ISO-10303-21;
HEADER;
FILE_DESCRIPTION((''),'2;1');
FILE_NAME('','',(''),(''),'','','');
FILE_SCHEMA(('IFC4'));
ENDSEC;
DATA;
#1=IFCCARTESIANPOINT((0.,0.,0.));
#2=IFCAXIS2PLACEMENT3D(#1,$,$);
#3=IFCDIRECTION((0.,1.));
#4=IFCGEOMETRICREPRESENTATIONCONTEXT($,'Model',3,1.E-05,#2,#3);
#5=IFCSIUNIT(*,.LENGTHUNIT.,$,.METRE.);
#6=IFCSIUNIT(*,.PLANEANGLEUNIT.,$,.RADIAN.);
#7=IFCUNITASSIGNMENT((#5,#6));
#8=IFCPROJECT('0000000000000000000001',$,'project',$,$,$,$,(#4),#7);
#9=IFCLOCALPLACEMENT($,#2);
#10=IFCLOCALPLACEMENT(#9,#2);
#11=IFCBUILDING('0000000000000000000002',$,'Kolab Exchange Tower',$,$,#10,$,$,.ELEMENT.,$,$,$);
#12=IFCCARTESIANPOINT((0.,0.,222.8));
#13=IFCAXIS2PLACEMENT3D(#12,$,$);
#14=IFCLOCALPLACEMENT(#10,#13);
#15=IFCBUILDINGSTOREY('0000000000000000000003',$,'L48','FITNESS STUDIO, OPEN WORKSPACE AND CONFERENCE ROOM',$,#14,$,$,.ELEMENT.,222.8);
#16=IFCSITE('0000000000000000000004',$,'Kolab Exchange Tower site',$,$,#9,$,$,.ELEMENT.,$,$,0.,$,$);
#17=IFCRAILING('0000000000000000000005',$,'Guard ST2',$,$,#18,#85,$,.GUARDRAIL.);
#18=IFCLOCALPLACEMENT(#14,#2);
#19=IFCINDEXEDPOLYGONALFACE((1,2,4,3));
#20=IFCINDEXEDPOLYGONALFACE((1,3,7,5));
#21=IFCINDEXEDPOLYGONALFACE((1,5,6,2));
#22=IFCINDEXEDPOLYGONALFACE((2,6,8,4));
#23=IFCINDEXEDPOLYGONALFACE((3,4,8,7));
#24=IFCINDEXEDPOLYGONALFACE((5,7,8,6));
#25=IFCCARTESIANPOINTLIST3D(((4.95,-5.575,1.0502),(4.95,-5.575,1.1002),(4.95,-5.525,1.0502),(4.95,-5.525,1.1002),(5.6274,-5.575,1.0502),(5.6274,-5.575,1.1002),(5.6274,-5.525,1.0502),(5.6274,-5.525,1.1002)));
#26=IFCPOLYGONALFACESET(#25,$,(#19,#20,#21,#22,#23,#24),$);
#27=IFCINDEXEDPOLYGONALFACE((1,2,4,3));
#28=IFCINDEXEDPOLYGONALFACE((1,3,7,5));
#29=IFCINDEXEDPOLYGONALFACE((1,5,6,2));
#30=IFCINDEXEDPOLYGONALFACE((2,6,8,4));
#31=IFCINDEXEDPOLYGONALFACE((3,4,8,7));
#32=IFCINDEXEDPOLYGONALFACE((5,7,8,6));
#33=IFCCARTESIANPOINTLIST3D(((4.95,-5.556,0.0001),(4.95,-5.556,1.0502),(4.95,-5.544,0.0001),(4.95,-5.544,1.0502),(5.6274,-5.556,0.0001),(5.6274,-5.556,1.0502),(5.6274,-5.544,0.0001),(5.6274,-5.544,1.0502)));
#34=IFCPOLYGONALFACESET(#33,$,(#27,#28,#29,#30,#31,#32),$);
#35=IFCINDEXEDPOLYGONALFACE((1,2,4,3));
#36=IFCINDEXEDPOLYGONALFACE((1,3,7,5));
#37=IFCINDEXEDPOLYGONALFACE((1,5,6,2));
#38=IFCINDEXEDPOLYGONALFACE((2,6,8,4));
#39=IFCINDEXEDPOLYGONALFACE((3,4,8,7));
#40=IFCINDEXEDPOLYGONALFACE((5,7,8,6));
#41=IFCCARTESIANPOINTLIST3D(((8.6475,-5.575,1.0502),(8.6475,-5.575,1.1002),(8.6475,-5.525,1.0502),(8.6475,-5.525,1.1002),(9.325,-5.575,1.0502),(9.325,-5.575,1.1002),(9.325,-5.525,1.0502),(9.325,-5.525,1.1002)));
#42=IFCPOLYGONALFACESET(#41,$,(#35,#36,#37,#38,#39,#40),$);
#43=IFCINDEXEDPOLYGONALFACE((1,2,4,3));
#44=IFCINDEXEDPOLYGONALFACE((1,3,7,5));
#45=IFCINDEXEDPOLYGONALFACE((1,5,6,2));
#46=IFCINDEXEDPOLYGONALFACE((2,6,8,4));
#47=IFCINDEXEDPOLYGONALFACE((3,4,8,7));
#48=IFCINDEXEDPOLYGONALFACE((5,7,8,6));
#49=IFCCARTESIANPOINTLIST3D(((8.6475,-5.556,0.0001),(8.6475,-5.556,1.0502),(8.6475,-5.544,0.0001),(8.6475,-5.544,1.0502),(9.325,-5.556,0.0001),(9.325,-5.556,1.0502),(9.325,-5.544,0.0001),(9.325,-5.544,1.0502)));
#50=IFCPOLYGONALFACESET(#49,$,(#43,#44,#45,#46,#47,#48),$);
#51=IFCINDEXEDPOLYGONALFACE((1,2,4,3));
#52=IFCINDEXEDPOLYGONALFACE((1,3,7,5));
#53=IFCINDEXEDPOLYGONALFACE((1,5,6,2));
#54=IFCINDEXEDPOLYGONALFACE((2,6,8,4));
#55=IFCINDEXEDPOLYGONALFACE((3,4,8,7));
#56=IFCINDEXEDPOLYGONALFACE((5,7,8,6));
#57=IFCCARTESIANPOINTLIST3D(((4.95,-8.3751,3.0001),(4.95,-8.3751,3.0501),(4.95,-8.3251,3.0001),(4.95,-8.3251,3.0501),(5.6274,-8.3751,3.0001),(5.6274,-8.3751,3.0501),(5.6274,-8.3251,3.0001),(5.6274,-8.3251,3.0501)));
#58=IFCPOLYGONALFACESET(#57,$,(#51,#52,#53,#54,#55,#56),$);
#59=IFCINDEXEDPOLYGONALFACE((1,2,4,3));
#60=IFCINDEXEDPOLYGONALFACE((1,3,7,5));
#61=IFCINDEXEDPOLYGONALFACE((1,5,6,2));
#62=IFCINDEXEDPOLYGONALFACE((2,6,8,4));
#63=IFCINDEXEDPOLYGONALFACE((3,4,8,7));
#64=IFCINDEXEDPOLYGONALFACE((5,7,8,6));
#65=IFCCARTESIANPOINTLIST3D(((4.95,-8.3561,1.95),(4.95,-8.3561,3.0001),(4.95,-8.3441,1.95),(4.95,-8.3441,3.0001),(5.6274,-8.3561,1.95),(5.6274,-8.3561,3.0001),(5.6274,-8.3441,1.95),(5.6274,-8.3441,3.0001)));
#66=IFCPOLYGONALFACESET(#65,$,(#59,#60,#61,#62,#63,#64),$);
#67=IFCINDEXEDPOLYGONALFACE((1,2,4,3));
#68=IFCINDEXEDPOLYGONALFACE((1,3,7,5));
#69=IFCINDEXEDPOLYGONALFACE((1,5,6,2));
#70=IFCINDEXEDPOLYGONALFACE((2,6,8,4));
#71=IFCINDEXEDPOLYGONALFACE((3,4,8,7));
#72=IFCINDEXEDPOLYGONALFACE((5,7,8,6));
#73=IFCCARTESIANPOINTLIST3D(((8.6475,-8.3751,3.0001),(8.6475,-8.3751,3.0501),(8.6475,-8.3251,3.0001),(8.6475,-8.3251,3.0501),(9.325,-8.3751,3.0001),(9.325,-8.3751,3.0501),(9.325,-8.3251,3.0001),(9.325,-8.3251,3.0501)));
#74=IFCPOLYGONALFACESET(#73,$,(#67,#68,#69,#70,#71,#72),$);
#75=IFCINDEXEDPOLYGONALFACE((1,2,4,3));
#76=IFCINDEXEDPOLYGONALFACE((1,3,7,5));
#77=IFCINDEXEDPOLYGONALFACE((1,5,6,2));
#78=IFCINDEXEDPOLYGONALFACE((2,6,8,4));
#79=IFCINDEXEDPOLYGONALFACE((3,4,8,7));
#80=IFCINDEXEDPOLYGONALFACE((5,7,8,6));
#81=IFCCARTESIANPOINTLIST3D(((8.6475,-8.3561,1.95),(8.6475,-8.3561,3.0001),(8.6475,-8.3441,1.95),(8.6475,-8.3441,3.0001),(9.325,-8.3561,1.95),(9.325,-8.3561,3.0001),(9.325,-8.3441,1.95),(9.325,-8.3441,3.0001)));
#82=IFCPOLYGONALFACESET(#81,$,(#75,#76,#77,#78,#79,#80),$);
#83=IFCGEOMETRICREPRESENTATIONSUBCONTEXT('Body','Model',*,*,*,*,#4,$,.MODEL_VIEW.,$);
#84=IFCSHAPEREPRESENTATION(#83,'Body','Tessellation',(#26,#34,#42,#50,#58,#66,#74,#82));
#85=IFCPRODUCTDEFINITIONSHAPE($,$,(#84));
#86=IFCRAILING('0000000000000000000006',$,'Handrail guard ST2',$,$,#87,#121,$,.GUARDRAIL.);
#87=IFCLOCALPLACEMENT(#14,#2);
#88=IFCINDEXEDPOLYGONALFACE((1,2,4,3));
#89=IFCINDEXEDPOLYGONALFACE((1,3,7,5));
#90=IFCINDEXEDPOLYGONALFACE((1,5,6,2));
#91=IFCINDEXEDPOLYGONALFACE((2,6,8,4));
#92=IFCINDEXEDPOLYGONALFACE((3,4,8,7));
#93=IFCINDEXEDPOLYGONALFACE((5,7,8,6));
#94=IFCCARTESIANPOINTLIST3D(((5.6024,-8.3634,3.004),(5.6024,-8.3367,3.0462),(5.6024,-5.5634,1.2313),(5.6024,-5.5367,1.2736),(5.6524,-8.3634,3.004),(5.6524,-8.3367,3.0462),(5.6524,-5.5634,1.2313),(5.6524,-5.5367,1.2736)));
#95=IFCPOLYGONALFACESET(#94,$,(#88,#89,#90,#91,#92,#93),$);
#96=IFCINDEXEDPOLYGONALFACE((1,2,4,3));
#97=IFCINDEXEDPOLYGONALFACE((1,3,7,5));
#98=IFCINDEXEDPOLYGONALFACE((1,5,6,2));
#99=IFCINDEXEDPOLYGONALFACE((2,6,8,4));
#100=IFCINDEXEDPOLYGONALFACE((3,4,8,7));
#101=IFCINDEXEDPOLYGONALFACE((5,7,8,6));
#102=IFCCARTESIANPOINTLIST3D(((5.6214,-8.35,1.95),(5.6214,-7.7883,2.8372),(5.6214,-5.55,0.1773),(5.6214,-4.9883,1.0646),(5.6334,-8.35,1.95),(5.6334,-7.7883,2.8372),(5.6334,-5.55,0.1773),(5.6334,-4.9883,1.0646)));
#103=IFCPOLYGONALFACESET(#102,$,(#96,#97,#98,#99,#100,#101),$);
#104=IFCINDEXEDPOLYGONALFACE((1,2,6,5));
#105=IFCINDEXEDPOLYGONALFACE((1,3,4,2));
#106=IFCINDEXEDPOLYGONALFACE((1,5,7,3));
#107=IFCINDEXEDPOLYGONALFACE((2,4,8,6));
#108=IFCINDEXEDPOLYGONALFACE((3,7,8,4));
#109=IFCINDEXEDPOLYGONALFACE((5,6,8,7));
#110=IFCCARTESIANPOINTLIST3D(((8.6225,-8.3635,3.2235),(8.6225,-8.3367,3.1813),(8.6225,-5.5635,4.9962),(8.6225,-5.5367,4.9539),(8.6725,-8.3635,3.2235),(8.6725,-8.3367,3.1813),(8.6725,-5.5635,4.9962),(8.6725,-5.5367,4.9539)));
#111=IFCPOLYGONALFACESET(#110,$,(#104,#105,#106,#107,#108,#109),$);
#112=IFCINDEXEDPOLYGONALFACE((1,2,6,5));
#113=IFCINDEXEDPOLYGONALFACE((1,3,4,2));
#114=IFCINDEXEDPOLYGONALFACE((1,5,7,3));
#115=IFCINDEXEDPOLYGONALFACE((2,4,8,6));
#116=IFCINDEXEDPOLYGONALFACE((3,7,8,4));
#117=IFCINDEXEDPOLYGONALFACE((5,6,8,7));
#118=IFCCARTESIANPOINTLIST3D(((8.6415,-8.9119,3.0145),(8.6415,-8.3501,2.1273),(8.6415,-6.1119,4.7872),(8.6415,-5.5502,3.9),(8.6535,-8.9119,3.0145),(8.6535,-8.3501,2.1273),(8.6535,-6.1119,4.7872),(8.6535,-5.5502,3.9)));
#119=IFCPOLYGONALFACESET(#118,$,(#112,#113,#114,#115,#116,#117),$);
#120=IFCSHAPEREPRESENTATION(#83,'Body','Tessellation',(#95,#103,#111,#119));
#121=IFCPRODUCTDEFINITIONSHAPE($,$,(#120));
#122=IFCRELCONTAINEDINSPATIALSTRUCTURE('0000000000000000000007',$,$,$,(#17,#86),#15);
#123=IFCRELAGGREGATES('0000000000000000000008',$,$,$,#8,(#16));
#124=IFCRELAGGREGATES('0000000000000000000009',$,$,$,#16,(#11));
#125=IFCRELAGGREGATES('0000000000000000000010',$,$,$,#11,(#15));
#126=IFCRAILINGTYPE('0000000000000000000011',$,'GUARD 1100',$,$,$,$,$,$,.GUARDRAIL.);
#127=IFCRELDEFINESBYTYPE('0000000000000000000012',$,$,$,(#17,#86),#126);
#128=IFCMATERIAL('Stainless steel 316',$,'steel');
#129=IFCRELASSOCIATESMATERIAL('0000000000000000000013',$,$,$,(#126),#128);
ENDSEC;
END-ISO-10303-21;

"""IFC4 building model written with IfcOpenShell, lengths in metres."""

from ifc_helpers import new_model, si_unit, direction, frame, frame_2d, origin, origin_2d, place, context, subcontext, project, spatial, rectangle, extrude, material, type_object, element, save


model = new_model("IFC4")

# Units and contexts
model_context = context("Model", 3, precision=1e-05, world=origin(), true_north=direction((0.0, 1.0)))
body_context = subcontext(model_context, "Body", "Model", "MODEL_VIEW")
ifc_project = project(units=[si_unit("LENGTHUNIT", "METRE"), si_unit("PLANEANGLEUNIT", "RADIAN")], contexts=[model_context])

# Site, building, storey
site_placement = place(None, origin())
site = spatial("IfcSite", under=ifc_project, at=site_placement, Name="Kolab Exchange Tower site", CompositionType="ELEMENT", RefElevation=0.0)
building_placement = place(site_placement, origin())
building = spatial("IfcBuilding", under=site, at=building_placement, Name="Kolab Exchange Tower", CompositionType="ELEMENT")
storey_placement = place(building_placement, frame((0.0, 0.0, 222.8)))
storey = spatial("IfcBuildingStorey", under=building, at=storey_placement, Name="L48", Description="FITNESS STUDIO, OPEN WORKSPACE AND CONFERENCE ROOM", CompositionType="ELEMENT", Elevation=222.8)

# Shared definitions
ifc_material_1 = material(Name="Stainless steel 316", Category="steel")

# Railings
railing_type = type_object("IfcRailingType", Name="GUARD 1100", PredefinedType="GUARDRAIL", material=ifc_material_1)
railing_1_placement = place(storey_placement, frame((4.95, -5.55, 0.0)))
element("IfcRailing", 1, at=railing_1_placement, inside=storey, type_object=railing_type, Name="Guard ST2", PredefinedType="GUARDRAIL", context=body_context, shape_type="SweptSolid", body=[
    extrude(rectangle(XDim=0.05, YDim=0.05, at=origin_2d()), frame((0.0, 0.0, 1.0752), z_axis=(1.0, 0.0, 0.0), x_axis=(0.0, 1.0, 0.0)), (0.0, 0.0, 1.0), 0.6775),
    extrude(rectangle(XDim=0.012, YDim=1.0501, at=frame_2d((0.0, 0.5251))), frame((0.0, 0.0, 0.0), z_axis=(1.0, 0.0, 0.0), x_axis=(0.0, 1.0, 0.0)), (0.0, 0.0, 1.0), 0.6775),
    extrude(rectangle(XDim=0.05, YDim=0.05, at=origin_2d()), frame((3.6975, 0.0, 1.0752), z_axis=(1.0, 0.0, 0.0), x_axis=(0.0, 1.0, 0.0)), (0.0, 0.0, 1.0), 0.6775),
    extrude(rectangle(XDim=0.012, YDim=1.0501, at=frame_2d((0.0, 0.5251))), frame((3.6975, 0.0, 0.0), z_axis=(1.0, 0.0, 0.0), x_axis=(0.0, 1.0, 0.0)), (0.0, 0.0, 1.0), 0.6775),
    extrude(rectangle(XDim=0.05, YDim=0.05, at=origin_2d()), frame((0.0, -2.8, 3.0251), z_axis=(1.0, 0.0, 0.0), x_axis=(0.0, 1.0, 0.0)), (0.0, 0.0, 1.0), 0.6775),
    extrude(rectangle(XDim=0.012, YDim=1.0501, at=frame_2d((0.0, 0.5251))), frame((0.0, -2.8, 1.95), z_axis=(1.0, 0.0, 0.0), x_axis=(0.0, 1.0, 0.0)), (0.0, 0.0, 1.0), 0.6775),
    extrude(rectangle(XDim=0.05, YDim=0.05, at=origin_2d()), frame((3.6975, -2.8, 3.0251), z_axis=(1.0, 0.0, 0.0), x_axis=(0.0, 1.0, 0.0)), (0.0, 0.0, 1.0), 0.6775),
    extrude(rectangle(XDim=0.012, YDim=1.0501, at=frame_2d((0.0, 0.5251))), frame((3.6975, -2.8, 1.95), z_axis=(1.0, 0.0, 0.0), x_axis=(0.0, 1.0, 0.0)), (0.0, 0.0, 1.0), 0.6775),
])
railing_2_placement = place(storey_placement, frame((5.6274, -5.55, 0.1772)))
element("IfcRailing", 2, at=railing_2_placement, inside=storey, type_object=railing_type, Name="Handrail guard ST2", PredefinedType="GUARDRAIL", context=body_context, shape_type="SweptSolid", body=[
    extrude(rectangle(XDim=0.05, YDim=0.05, at=origin_2d()), frame((0.0, 0.0, 1.0752), z_axis=(0.0, -0.844909, 0.53491), x_axis=(1.0, 0.0, 0.0)), (0.0, 0.0, 1.0), 3.314),
    extrude(rectangle(XDim=0.012, YDim=1.0501, at=frame_2d((0.0, 0.5251))), frame((0.0, 0.0, 0.0), z_axis=(0.0, -0.844909, 0.53491), x_axis=(1.0, 0.0, 0.0)), (0.0, 0.0, 1.0), 3.314),
    extrude(rectangle(XDim=0.05, YDim=0.05, at=origin_2d()), frame((3.02, -2.8, 3.0251), z_axis=(0.0, 0.844909, 0.53491), x_axis=(-1.0, 0.0, 0.0)), (0.0, 0.0, 1.0), 3.314),
    extrude(rectangle(XDim=0.012, YDim=1.0501, at=frame_2d((0.0, 0.5251))), frame((3.02, -2.8, 1.95), z_axis=(0.0, 0.844909, 0.53491), x_axis=(-1.0, 0.0, 0.0)), (0.0, 0.0, 1.0), 3.314),
])

save(model, "model.ifc")
